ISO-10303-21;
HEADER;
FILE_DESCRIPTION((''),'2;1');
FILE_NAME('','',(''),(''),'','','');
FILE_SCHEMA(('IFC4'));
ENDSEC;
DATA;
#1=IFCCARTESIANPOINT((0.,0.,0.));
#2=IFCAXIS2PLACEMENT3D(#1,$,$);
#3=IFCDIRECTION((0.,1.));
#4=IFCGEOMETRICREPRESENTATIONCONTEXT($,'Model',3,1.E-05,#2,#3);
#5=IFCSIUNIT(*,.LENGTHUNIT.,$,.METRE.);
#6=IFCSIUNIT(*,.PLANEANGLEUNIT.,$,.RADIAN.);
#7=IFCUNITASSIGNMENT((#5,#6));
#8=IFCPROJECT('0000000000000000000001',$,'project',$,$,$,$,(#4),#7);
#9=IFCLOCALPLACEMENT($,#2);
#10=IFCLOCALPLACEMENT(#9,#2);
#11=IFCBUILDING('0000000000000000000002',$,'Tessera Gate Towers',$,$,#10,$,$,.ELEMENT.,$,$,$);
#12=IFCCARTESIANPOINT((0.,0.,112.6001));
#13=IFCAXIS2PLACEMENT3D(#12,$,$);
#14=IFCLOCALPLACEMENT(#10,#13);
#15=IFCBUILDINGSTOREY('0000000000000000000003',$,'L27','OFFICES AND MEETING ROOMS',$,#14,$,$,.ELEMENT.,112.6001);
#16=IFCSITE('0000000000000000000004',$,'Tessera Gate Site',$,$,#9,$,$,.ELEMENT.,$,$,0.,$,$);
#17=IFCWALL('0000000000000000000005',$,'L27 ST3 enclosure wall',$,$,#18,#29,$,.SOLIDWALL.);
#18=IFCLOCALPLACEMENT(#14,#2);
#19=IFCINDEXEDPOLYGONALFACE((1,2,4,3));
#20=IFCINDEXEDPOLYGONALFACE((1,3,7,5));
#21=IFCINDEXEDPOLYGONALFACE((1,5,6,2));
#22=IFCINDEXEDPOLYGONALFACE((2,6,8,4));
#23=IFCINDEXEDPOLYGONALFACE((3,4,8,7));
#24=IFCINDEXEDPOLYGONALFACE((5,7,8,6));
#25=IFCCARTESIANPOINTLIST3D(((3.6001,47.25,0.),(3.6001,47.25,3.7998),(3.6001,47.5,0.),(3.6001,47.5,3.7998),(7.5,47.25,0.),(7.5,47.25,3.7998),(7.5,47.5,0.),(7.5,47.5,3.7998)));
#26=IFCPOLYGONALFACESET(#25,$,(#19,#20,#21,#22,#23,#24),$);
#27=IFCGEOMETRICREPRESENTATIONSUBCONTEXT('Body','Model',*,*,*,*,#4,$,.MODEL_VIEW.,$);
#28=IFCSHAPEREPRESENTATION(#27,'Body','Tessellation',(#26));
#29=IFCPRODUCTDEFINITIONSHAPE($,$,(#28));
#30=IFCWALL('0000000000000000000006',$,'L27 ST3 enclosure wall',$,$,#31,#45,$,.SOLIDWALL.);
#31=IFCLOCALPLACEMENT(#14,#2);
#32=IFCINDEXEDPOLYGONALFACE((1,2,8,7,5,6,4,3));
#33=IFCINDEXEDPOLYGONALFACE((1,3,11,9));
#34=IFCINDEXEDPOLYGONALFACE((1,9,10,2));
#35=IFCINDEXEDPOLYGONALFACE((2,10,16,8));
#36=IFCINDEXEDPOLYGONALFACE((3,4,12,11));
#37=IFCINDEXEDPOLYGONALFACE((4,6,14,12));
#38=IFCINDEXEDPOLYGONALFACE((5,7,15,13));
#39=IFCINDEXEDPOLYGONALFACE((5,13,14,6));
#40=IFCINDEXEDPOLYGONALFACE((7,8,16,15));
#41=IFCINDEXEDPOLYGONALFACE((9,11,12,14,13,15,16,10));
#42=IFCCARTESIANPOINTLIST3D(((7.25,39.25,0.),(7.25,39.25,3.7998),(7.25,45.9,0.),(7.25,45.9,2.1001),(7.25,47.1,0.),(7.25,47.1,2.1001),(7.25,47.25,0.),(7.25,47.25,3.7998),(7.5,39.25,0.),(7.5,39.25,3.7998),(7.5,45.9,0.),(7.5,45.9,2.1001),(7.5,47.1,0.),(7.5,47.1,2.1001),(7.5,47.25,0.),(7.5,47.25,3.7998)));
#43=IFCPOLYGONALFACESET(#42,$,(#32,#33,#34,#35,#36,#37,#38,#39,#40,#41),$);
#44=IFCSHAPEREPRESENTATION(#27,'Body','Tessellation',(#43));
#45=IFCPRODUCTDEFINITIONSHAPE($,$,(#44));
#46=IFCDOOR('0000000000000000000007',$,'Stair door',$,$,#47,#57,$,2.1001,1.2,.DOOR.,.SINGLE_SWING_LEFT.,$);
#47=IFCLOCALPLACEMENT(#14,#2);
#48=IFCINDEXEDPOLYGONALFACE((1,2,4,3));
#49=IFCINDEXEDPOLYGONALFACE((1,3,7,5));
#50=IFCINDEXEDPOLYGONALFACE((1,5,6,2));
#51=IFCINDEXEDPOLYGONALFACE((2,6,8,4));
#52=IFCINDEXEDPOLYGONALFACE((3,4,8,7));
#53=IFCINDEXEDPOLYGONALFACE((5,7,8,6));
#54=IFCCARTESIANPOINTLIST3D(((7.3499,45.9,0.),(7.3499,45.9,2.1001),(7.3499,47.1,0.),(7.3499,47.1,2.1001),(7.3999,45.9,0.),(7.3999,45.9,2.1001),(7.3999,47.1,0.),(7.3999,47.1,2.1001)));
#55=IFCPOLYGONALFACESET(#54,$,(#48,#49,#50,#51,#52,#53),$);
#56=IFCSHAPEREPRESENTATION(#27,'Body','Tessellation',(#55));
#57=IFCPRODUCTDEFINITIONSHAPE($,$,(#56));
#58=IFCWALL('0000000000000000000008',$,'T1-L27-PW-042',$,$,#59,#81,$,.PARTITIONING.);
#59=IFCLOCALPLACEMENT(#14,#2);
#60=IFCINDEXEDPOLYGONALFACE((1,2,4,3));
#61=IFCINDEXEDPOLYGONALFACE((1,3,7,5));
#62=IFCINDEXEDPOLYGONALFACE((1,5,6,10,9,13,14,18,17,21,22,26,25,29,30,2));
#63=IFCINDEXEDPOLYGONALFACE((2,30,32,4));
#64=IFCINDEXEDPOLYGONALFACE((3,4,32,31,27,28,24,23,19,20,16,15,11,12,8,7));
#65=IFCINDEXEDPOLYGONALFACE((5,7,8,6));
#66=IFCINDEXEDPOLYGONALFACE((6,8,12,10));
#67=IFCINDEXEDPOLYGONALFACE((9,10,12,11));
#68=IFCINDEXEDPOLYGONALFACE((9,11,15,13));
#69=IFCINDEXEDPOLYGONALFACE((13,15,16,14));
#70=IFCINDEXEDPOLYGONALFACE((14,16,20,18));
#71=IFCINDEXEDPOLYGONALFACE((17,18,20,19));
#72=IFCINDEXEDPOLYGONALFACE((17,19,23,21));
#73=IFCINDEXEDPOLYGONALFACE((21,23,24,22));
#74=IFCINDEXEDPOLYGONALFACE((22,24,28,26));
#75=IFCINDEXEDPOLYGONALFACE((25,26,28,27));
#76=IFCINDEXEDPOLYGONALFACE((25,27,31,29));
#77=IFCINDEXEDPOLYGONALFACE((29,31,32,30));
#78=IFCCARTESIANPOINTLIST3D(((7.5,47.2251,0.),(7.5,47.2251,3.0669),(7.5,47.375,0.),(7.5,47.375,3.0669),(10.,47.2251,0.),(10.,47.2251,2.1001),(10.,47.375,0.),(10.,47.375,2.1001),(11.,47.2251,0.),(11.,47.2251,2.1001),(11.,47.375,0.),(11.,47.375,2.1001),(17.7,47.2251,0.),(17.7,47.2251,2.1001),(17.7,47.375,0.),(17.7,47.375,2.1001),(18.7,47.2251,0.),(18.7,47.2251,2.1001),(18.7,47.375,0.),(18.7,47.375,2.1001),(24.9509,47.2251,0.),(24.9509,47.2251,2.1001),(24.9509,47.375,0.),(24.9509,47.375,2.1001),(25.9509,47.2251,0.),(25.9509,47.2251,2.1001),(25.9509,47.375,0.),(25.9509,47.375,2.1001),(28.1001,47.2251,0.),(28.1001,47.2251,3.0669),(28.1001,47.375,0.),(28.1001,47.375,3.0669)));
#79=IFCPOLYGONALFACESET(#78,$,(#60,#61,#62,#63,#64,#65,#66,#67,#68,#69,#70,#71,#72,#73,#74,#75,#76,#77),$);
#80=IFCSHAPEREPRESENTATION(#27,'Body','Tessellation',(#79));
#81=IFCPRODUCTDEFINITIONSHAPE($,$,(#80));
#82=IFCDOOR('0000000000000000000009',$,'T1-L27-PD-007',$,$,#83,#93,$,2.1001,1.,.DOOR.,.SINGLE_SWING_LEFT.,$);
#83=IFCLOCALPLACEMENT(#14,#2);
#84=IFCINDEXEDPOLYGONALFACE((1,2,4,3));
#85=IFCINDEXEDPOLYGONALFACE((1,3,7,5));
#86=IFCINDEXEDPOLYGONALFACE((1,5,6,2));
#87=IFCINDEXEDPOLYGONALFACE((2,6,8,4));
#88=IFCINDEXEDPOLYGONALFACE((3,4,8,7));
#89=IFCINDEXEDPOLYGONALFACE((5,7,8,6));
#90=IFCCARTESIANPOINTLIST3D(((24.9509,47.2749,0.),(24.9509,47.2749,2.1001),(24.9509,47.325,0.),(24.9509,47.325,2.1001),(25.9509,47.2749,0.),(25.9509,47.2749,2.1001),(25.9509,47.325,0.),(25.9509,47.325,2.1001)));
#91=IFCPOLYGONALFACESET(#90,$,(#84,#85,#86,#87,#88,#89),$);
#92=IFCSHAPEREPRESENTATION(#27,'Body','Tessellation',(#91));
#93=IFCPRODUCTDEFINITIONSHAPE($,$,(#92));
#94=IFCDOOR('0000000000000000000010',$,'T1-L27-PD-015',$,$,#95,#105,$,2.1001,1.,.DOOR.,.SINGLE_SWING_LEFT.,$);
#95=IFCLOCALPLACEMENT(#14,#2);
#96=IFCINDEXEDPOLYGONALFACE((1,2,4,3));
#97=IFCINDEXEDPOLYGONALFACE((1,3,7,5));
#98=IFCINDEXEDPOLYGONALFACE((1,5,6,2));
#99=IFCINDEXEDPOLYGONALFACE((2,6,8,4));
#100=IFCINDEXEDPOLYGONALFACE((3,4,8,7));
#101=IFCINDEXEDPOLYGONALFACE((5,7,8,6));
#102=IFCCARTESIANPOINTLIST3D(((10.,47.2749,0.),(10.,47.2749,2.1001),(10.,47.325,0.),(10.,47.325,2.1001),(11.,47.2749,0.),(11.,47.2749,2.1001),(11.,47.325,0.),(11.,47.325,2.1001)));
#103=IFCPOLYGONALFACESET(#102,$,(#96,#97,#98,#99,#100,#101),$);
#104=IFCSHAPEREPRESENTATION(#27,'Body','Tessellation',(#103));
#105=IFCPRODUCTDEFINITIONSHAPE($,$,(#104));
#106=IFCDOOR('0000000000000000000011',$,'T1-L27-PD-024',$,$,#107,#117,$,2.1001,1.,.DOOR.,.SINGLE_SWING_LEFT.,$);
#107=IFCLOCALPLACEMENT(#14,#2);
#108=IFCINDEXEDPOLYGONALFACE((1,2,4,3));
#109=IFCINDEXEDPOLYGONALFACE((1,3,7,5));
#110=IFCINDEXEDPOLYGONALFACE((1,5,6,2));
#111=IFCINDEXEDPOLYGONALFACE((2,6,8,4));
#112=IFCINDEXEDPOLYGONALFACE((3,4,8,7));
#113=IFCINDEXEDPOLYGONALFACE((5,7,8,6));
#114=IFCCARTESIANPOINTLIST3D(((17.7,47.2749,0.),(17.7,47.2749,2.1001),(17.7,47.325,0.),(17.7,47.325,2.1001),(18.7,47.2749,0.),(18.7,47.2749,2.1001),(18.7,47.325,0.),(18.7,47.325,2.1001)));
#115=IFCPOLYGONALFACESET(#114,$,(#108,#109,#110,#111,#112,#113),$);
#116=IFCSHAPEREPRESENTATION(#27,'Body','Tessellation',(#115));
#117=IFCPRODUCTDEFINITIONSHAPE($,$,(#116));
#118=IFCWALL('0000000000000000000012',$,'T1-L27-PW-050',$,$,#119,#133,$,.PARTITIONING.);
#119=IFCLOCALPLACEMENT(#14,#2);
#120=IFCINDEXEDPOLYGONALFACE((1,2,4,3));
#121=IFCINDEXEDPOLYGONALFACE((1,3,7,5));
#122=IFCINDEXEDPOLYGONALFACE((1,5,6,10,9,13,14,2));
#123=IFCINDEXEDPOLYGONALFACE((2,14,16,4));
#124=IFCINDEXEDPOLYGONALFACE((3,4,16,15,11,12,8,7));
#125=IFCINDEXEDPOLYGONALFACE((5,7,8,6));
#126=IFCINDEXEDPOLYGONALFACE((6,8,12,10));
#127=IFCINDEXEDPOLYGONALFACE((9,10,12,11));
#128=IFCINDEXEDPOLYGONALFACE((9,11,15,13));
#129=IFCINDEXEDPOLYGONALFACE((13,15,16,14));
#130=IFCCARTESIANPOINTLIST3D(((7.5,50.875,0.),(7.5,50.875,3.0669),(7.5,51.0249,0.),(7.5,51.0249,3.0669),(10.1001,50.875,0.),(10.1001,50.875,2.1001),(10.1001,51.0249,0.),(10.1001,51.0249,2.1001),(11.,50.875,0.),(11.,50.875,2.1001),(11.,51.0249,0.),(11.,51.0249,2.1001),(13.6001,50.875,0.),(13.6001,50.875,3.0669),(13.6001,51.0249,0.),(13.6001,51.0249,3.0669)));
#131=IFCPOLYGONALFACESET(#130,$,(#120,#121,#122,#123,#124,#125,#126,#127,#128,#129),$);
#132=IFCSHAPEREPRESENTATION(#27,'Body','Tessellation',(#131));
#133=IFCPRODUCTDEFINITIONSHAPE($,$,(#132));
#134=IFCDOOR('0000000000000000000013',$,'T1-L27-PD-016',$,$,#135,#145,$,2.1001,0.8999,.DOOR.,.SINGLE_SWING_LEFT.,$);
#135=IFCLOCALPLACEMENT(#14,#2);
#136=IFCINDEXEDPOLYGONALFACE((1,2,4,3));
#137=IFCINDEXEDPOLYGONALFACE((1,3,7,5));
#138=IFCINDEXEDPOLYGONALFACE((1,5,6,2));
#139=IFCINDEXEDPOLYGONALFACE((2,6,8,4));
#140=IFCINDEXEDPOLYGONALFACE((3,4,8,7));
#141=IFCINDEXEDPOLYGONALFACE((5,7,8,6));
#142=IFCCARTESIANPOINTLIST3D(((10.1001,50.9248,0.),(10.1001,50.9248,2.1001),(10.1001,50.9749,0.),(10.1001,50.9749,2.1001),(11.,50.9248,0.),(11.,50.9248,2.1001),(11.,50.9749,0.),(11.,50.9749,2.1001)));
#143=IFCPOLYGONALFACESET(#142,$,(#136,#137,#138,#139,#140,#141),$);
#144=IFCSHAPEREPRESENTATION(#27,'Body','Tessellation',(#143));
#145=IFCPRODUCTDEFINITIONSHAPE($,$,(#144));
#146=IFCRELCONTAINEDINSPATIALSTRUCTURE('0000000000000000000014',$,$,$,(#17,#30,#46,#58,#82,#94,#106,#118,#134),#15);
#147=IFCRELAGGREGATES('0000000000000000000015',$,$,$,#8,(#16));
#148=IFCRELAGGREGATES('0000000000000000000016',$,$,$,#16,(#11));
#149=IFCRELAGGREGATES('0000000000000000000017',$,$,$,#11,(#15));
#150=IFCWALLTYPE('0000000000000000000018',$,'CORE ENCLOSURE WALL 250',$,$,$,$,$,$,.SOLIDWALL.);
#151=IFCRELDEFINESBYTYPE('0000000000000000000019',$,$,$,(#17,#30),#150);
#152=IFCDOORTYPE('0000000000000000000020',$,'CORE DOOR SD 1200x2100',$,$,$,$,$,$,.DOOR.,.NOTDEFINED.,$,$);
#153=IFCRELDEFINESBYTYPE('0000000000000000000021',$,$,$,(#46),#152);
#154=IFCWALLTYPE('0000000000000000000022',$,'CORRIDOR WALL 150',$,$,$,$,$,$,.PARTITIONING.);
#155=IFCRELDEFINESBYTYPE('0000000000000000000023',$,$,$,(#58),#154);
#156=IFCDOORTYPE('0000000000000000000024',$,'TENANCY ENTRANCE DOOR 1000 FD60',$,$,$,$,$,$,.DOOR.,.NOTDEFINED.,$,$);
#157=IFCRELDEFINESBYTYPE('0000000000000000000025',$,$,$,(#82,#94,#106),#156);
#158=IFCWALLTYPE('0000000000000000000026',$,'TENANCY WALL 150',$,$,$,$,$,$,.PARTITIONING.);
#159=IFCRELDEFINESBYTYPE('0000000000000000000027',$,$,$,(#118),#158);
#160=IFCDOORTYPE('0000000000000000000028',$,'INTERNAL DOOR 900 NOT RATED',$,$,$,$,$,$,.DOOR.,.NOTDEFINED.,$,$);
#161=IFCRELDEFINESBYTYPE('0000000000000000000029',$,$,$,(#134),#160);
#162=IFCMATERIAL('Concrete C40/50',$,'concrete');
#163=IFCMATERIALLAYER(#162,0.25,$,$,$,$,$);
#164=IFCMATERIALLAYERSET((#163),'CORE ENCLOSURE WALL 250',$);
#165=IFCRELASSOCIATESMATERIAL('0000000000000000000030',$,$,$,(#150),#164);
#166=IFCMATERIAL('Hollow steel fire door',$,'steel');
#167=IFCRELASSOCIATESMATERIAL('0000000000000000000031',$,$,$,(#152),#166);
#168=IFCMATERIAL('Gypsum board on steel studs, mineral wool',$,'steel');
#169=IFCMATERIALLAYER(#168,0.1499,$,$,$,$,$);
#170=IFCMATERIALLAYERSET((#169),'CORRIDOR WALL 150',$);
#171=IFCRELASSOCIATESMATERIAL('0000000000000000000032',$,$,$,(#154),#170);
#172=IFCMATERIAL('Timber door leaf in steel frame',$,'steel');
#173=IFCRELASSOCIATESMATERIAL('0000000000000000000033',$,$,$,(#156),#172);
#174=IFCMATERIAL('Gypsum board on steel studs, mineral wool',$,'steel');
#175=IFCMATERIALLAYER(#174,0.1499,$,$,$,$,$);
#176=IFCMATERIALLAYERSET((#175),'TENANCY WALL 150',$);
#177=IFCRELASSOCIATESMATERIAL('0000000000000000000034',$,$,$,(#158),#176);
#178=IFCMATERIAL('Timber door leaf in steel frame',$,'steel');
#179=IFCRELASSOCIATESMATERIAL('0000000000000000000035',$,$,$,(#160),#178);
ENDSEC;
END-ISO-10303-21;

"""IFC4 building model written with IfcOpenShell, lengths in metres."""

from ifc_helpers import new_model, si_unit, direction, frame, frame_2d, origin, place, context, subcontext, project, spatial, rectangle, extrude, source, transform, mapped, material, layer, layer_set, type_object, element, fill, save


model = new_model("IFC4")

# Units and contexts
model_context = context("Model", 3, precision=1e-05, world=origin(), true_north=direction((0.0, 1.0)))
body_context = subcontext(model_context, "Body", "Model", "MODEL_VIEW")
ifc_project = project(units=[si_unit("LENGTHUNIT", "METRE"), si_unit("PLANEANGLEUNIT", "RADIAN")], contexts=[model_context])

# Site, building, storey
site_placement = place(None, origin())
site = spatial("IfcSite", under=ifc_project, at=site_placement, Name="Tessera Gate Site", CompositionType="ELEMENT", RefElevation=0.0)
building_placement = place(site_placement, origin())
building = spatial("IfcBuilding", under=site, at=building_placement, Name="Tessera Gate Towers", CompositionType="ELEMENT")
storey_placement = place(building_placement, frame((0.0, 0.0, 112.6001)))
storey = spatial("IfcBuildingStorey", under=building, at=storey_placement, Name="L27", Description="OFFICES AND MEETING ROOMS", CompositionType="ELEMENT", Elevation=112.6001)

# Wall
ifc_material_1 = material(Name="Concrete C40/50", Category="concrete")
ifc_layer_1 = layer(ifc_material_1, 0.25)
ifc_layer_set_1 = layer_set([ifc_layer_1], Name="CORE ENCLOSURE WALL 250")
wall_type_1 = type_object("IfcWallType", Name="CORE ENCLOSURE WALL 250", PredefinedType="SOLIDWALL", material=ifc_layer_set_1)
wall_1_placement = place(storey_placement, frame((3.6001, 47.375, 0.0), z_axis=(0.0, 0.0, 1.0), x_axis=(1.0, 0.0, 0.0)))
element("IfcWall", 1, at=wall_1_placement, inside=storey, type_object=wall_type_1, Name="L27 ST3 enclosure wall", PredefinedType="SOLIDWALL", context=body_context, shape_type="SweptSolid", body=[
    extrude(rectangle(XDim=3.8999, YDim=0.25, at=frame_2d((1.95, 0.0))), origin(), (0.0, 0.0, 1.0), 3.7998),
])

# Wall, opening, door
wall_2_placement = place(storey_placement, frame((7.375, 47.25, 0.0), z_axis=(0.0, 0.0, 1.0), x_axis=(0.0, -1.0, 0.0)))
wall_2 = element("IfcWall", 2, at=wall_2_placement, inside=storey, type_object=wall_type_1, Name="L27 ST3 enclosure wall", PredefinedType="SOLIDWALL", context=body_context, shape_type="SweptSolid", body=[
    extrude(rectangle(XDim=8.0, YDim=0.25, at=frame_2d((4.0, 0.0))), origin(), (0.0, 0.0, 1.0), 3.7998),
])
shared_shape_1 = source(origin(), body_context, "Body", "SweptSolid", [
    extrude(rectangle(XDim=1.2, YDim=2.1001, at=frame_2d((0.6001, 1.05))), frame((0.0, 0.135, 0.0), z_axis=(0.0, -1.0, 0.0), x_axis=(1.0, 0.0, 0.0)), (0.0, 0.0, 1.0), 0.27),
])
opening_1_placement = place(wall_2_placement, frame((0.1499, 0.0, 0.0)))
opening_1 = element("IfcOpeningElement", 3, at=opening_1_placement, cuts=wall_2, PredefinedType="OPENING", context=body_context, shape_type="MappedRepresentation", body=[
    mapped(shared_shape_1, transform((0.0, 0.0, 0.0), scale=1.0)),
])
ifc_material_2 = material(Name="Hollow steel fire door", Category="steel")
door_type_1 = type_object("IfcDoorType", Name="CORE DOOR SD 1200x2100", OperationType="NOTDEFINED", PredefinedType="DOOR", material=ifc_material_2)
shared_shape_2 = source(origin(), body_context, "Body", "SweptSolid", [
    extrude(rectangle(XDim=1.2, YDim=2.1001, at=frame_2d((0.6001, 1.05))), frame((0.0, 0.0249, 0.0), z_axis=(0.0, -1.0, 0.0), x_axis=(1.0, 0.0, 0.0)), (0.0, 0.0, 1.0), 0.05),
])
door_1_placement = place(opening_1_placement, origin())
door_1 = element("IfcDoor", 4, at=door_1_placement, inside=storey, type_object=door_type_1, Name="Stair door", OperationType="SINGLE_SWING_LEFT", OverallHeight=2.1001, OverallWidth=1.2, PredefinedType="DOOR", context=body_context, shape_type="MappedRepresentation", body=[
    mapped(shared_shape_2, transform((0.0, 0.0, 0.0), scale=1.0)),
])
fill(opening_1, door_1)

# Wall, openings, doors
ifc_material_3 = material(Name="Gypsum board on steel studs, mineral wool", Category="steel")
ifc_layer_2 = layer(ifc_material_3, 0.1499)
ifc_layer_set_2 = layer_set([ifc_layer_2], Name="CORRIDOR WALL 150")
wall_type_2 = type_object("IfcWallType", Name="CORRIDOR WALL 150", PredefinedType="PARTITIONING", material=ifc_layer_set_2)
wall_3_placement = place(storey_placement, frame((7.5, 47.3, 0.0), z_axis=(0.0, 0.0, 1.0), x_axis=(1.0, 0.0, 0.0)))
wall_3 = element("IfcWall", 5, at=wall_3_placement, inside=storey, type_object=wall_type_2, Name="T1-L27-PW-042", PredefinedType="PARTITIONING", context=body_context, shape_type="SweptSolid", body=[
    extrude(rectangle(XDim=20.6001, YDim=0.1499, at=frame_2d((10.3, 0.0))), origin(), (0.0, 0.0, 1.0), 3.0669),
])
shared_shape_3 = source(origin(), body_context, "Body", "SweptSolid", [
    extrude(rectangle(XDim=1.0, YDim=2.1001, at=frame_2d((0.5, 1.05))), frame((0.0, 0.085, 0.0), z_axis=(0.0, -1.0, 0.0), x_axis=(1.0, 0.0, 0.0)), (0.0, 0.0, 1.0), 0.1699),
])
opening_2_placement = place(wall_3_placement, frame((17.4509, 0.0, 0.0)))
opening_2 = element("IfcOpeningElement", 6, at=opening_2_placement, cuts=wall_3, PredefinedType="OPENING", context=body_context, shape_type="MappedRepresentation", body=[
    mapped(shared_shape_3, transform((0.0, 0.0, 0.0), scale=1.0)),
])
opening_3_placement = place(wall_3_placement, frame((2.5, 0.0, 0.0)))
opening_3 = element("IfcOpeningElement", 7, at=opening_3_placement, cuts=wall_3, PredefinedType="OPENING", context=body_context, shape_type="MappedRepresentation", body=[
    mapped(shared_shape_3, transform((0.0, 0.0, 0.0), scale=1.0)),
])
opening_4_placement = place(wall_3_placement, frame((10.2, 0.0, 0.0)))
opening_4 = element("IfcOpeningElement", 8, at=opening_4_placement, cuts=wall_3, PredefinedType="OPENING", context=body_context, shape_type="MappedRepresentation", body=[
    mapped(shared_shape_3, transform((0.0, 0.0, 0.0), scale=1.0)),
])
ifc_material_4 = material(Name="Timber door leaf in steel frame", Category="steel")
door_type_2 = type_object("IfcDoorType", Name="TENANCY ENTRANCE DOOR 1000 FD60", OperationType="NOTDEFINED", PredefinedType="DOOR", material=ifc_material_4)
shared_shape_4 = source(origin(), body_context, "Body", "SweptSolid", [
    extrude(rectangle(XDim=1.0, YDim=2.1001, at=frame_2d((0.5, 1.05))), frame((0.0, 0.0249, 0.0), z_axis=(0.0, -1.0, 0.0), x_axis=(1.0, 0.0, 0.0)), (0.0, 0.0, 1.0), 0.05),
])
door_2_placement = place(opening_2_placement, origin())
door_2 = element("IfcDoor", 9, at=door_2_placement, inside=storey, type_object=door_type_2, Name="T1-L27-PD-007", OperationType="SINGLE_SWING_LEFT", OverallHeight=2.1001, OverallWidth=1.0, PredefinedType="DOOR", context=body_context, shape_type="MappedRepresentation", body=[
    mapped(shared_shape_4, transform((0.0, 0.0, 0.0), scale=1.0)),
])
fill(opening_2, door_2)
door_3_placement = place(opening_3_placement, origin())
door_3 = element("IfcDoor", 10, at=door_3_placement, inside=storey, type_object=door_type_2, Name="T1-L27-PD-015", OperationType="SINGLE_SWING_LEFT", OverallHeight=2.1001, OverallWidth=1.0, PredefinedType="DOOR", context=body_context, shape_type="MappedRepresentation", body=[
    mapped(shared_shape_4, transform((0.0, 0.0, 0.0), scale=1.0)),
])
fill(opening_3, door_3)
door_4_placement = place(opening_4_placement, origin())
door_4 = element("IfcDoor", 11, at=door_4_placement, inside=storey, type_object=door_type_2, Name="T1-L27-PD-024", OperationType="SINGLE_SWING_LEFT", OverallHeight=2.1001, OverallWidth=1.0, PredefinedType="DOOR", context=body_context, shape_type="MappedRepresentation", body=[
    mapped(shared_shape_4, transform((0.0, 0.0, 0.0), scale=1.0)),
])
fill(opening_4, door_4)

# Wall, opening, door
ifc_material_5 = material(Name="Gypsum board on steel studs, mineral wool", Category="steel")
ifc_layer_3 = layer(ifc_material_5, 0.1499)
ifc_layer_set_3 = layer_set([ifc_layer_3], Name="TENANCY WALL 150")
wall_type_3 = type_object("IfcWallType", Name="TENANCY WALL 150", PredefinedType="PARTITIONING", material=ifc_layer_set_3)
wall_4_placement = place(storey_placement, frame((7.5, 50.95, 0.0), z_axis=(0.0, 0.0, 1.0), x_axis=(1.0, 0.0, 0.0)))
wall_4 = element("IfcWall", 12, at=wall_4_placement, inside=storey, type_object=wall_type_3, Name="T1-L27-PW-050", PredefinedType="PARTITIONING", context=body_context, shape_type="SweptSolid", body=[
    extrude(rectangle(XDim=6.1001, YDim=0.1499, at=frame_2d((3.05, 0.0))), origin(), (0.0, 0.0, 1.0), 3.0669),
])
shared_shape_5 = source(origin(), body_context, "Body", "SweptSolid", [
    extrude(rectangle(XDim=0.8999, YDim=2.1001, at=frame_2d((0.45, 1.05))), frame((0.0, 0.085, 0.0), z_axis=(0.0, -1.0, 0.0), x_axis=(1.0, 0.0, 0.0)), (0.0, 0.0, 1.0), 0.1699),
])
opening_5_placement = place(wall_4_placement, frame((2.6001, 0.0, 0.0)))
opening_5 = element("IfcOpeningElement", 13, at=opening_5_placement, cuts=wall_4, PredefinedType="OPENING", context=body_context, shape_type="MappedRepresentation", body=[
    mapped(shared_shape_5, transform((0.0, 0.0, 0.0), scale=1.0)),
])
ifc_material_6 = material(Name="Timber door leaf in steel frame", Category="steel")
door_type_3 = type_object("IfcDoorType", Name="INTERNAL DOOR 900 NOT RATED", OperationType="NOTDEFINED", PredefinedType="DOOR", material=ifc_material_6)
shared_shape_6 = source(origin(), body_context, "Body", "SweptSolid", [
    extrude(rectangle(XDim=0.8999, YDim=2.1001, at=frame_2d((0.45, 1.05))), frame((0.0, 0.0249, 0.0), z_axis=(0.0, -1.0, 0.0), x_axis=(1.0, 0.0, 0.0)), (0.0, 0.0, 1.0), 0.05),
])
door_5_placement = place(opening_5_placement, origin())
door_5 = element("IfcDoor", 14, at=door_5_placement, inside=storey, type_object=door_type_3, Name="T1-L27-PD-016", OperationType="SINGLE_SWING_LEFT", OverallHeight=2.1001, OverallWidth=0.8999, PredefinedType="DOOR", context=body_context, shape_type="MappedRepresentation", body=[
    mapped(shared_shape_6, transform((0.0, 0.0, 0.0), scale=1.0)),
])
fill(opening_5, door_5)

save(model, "model.ifc")
